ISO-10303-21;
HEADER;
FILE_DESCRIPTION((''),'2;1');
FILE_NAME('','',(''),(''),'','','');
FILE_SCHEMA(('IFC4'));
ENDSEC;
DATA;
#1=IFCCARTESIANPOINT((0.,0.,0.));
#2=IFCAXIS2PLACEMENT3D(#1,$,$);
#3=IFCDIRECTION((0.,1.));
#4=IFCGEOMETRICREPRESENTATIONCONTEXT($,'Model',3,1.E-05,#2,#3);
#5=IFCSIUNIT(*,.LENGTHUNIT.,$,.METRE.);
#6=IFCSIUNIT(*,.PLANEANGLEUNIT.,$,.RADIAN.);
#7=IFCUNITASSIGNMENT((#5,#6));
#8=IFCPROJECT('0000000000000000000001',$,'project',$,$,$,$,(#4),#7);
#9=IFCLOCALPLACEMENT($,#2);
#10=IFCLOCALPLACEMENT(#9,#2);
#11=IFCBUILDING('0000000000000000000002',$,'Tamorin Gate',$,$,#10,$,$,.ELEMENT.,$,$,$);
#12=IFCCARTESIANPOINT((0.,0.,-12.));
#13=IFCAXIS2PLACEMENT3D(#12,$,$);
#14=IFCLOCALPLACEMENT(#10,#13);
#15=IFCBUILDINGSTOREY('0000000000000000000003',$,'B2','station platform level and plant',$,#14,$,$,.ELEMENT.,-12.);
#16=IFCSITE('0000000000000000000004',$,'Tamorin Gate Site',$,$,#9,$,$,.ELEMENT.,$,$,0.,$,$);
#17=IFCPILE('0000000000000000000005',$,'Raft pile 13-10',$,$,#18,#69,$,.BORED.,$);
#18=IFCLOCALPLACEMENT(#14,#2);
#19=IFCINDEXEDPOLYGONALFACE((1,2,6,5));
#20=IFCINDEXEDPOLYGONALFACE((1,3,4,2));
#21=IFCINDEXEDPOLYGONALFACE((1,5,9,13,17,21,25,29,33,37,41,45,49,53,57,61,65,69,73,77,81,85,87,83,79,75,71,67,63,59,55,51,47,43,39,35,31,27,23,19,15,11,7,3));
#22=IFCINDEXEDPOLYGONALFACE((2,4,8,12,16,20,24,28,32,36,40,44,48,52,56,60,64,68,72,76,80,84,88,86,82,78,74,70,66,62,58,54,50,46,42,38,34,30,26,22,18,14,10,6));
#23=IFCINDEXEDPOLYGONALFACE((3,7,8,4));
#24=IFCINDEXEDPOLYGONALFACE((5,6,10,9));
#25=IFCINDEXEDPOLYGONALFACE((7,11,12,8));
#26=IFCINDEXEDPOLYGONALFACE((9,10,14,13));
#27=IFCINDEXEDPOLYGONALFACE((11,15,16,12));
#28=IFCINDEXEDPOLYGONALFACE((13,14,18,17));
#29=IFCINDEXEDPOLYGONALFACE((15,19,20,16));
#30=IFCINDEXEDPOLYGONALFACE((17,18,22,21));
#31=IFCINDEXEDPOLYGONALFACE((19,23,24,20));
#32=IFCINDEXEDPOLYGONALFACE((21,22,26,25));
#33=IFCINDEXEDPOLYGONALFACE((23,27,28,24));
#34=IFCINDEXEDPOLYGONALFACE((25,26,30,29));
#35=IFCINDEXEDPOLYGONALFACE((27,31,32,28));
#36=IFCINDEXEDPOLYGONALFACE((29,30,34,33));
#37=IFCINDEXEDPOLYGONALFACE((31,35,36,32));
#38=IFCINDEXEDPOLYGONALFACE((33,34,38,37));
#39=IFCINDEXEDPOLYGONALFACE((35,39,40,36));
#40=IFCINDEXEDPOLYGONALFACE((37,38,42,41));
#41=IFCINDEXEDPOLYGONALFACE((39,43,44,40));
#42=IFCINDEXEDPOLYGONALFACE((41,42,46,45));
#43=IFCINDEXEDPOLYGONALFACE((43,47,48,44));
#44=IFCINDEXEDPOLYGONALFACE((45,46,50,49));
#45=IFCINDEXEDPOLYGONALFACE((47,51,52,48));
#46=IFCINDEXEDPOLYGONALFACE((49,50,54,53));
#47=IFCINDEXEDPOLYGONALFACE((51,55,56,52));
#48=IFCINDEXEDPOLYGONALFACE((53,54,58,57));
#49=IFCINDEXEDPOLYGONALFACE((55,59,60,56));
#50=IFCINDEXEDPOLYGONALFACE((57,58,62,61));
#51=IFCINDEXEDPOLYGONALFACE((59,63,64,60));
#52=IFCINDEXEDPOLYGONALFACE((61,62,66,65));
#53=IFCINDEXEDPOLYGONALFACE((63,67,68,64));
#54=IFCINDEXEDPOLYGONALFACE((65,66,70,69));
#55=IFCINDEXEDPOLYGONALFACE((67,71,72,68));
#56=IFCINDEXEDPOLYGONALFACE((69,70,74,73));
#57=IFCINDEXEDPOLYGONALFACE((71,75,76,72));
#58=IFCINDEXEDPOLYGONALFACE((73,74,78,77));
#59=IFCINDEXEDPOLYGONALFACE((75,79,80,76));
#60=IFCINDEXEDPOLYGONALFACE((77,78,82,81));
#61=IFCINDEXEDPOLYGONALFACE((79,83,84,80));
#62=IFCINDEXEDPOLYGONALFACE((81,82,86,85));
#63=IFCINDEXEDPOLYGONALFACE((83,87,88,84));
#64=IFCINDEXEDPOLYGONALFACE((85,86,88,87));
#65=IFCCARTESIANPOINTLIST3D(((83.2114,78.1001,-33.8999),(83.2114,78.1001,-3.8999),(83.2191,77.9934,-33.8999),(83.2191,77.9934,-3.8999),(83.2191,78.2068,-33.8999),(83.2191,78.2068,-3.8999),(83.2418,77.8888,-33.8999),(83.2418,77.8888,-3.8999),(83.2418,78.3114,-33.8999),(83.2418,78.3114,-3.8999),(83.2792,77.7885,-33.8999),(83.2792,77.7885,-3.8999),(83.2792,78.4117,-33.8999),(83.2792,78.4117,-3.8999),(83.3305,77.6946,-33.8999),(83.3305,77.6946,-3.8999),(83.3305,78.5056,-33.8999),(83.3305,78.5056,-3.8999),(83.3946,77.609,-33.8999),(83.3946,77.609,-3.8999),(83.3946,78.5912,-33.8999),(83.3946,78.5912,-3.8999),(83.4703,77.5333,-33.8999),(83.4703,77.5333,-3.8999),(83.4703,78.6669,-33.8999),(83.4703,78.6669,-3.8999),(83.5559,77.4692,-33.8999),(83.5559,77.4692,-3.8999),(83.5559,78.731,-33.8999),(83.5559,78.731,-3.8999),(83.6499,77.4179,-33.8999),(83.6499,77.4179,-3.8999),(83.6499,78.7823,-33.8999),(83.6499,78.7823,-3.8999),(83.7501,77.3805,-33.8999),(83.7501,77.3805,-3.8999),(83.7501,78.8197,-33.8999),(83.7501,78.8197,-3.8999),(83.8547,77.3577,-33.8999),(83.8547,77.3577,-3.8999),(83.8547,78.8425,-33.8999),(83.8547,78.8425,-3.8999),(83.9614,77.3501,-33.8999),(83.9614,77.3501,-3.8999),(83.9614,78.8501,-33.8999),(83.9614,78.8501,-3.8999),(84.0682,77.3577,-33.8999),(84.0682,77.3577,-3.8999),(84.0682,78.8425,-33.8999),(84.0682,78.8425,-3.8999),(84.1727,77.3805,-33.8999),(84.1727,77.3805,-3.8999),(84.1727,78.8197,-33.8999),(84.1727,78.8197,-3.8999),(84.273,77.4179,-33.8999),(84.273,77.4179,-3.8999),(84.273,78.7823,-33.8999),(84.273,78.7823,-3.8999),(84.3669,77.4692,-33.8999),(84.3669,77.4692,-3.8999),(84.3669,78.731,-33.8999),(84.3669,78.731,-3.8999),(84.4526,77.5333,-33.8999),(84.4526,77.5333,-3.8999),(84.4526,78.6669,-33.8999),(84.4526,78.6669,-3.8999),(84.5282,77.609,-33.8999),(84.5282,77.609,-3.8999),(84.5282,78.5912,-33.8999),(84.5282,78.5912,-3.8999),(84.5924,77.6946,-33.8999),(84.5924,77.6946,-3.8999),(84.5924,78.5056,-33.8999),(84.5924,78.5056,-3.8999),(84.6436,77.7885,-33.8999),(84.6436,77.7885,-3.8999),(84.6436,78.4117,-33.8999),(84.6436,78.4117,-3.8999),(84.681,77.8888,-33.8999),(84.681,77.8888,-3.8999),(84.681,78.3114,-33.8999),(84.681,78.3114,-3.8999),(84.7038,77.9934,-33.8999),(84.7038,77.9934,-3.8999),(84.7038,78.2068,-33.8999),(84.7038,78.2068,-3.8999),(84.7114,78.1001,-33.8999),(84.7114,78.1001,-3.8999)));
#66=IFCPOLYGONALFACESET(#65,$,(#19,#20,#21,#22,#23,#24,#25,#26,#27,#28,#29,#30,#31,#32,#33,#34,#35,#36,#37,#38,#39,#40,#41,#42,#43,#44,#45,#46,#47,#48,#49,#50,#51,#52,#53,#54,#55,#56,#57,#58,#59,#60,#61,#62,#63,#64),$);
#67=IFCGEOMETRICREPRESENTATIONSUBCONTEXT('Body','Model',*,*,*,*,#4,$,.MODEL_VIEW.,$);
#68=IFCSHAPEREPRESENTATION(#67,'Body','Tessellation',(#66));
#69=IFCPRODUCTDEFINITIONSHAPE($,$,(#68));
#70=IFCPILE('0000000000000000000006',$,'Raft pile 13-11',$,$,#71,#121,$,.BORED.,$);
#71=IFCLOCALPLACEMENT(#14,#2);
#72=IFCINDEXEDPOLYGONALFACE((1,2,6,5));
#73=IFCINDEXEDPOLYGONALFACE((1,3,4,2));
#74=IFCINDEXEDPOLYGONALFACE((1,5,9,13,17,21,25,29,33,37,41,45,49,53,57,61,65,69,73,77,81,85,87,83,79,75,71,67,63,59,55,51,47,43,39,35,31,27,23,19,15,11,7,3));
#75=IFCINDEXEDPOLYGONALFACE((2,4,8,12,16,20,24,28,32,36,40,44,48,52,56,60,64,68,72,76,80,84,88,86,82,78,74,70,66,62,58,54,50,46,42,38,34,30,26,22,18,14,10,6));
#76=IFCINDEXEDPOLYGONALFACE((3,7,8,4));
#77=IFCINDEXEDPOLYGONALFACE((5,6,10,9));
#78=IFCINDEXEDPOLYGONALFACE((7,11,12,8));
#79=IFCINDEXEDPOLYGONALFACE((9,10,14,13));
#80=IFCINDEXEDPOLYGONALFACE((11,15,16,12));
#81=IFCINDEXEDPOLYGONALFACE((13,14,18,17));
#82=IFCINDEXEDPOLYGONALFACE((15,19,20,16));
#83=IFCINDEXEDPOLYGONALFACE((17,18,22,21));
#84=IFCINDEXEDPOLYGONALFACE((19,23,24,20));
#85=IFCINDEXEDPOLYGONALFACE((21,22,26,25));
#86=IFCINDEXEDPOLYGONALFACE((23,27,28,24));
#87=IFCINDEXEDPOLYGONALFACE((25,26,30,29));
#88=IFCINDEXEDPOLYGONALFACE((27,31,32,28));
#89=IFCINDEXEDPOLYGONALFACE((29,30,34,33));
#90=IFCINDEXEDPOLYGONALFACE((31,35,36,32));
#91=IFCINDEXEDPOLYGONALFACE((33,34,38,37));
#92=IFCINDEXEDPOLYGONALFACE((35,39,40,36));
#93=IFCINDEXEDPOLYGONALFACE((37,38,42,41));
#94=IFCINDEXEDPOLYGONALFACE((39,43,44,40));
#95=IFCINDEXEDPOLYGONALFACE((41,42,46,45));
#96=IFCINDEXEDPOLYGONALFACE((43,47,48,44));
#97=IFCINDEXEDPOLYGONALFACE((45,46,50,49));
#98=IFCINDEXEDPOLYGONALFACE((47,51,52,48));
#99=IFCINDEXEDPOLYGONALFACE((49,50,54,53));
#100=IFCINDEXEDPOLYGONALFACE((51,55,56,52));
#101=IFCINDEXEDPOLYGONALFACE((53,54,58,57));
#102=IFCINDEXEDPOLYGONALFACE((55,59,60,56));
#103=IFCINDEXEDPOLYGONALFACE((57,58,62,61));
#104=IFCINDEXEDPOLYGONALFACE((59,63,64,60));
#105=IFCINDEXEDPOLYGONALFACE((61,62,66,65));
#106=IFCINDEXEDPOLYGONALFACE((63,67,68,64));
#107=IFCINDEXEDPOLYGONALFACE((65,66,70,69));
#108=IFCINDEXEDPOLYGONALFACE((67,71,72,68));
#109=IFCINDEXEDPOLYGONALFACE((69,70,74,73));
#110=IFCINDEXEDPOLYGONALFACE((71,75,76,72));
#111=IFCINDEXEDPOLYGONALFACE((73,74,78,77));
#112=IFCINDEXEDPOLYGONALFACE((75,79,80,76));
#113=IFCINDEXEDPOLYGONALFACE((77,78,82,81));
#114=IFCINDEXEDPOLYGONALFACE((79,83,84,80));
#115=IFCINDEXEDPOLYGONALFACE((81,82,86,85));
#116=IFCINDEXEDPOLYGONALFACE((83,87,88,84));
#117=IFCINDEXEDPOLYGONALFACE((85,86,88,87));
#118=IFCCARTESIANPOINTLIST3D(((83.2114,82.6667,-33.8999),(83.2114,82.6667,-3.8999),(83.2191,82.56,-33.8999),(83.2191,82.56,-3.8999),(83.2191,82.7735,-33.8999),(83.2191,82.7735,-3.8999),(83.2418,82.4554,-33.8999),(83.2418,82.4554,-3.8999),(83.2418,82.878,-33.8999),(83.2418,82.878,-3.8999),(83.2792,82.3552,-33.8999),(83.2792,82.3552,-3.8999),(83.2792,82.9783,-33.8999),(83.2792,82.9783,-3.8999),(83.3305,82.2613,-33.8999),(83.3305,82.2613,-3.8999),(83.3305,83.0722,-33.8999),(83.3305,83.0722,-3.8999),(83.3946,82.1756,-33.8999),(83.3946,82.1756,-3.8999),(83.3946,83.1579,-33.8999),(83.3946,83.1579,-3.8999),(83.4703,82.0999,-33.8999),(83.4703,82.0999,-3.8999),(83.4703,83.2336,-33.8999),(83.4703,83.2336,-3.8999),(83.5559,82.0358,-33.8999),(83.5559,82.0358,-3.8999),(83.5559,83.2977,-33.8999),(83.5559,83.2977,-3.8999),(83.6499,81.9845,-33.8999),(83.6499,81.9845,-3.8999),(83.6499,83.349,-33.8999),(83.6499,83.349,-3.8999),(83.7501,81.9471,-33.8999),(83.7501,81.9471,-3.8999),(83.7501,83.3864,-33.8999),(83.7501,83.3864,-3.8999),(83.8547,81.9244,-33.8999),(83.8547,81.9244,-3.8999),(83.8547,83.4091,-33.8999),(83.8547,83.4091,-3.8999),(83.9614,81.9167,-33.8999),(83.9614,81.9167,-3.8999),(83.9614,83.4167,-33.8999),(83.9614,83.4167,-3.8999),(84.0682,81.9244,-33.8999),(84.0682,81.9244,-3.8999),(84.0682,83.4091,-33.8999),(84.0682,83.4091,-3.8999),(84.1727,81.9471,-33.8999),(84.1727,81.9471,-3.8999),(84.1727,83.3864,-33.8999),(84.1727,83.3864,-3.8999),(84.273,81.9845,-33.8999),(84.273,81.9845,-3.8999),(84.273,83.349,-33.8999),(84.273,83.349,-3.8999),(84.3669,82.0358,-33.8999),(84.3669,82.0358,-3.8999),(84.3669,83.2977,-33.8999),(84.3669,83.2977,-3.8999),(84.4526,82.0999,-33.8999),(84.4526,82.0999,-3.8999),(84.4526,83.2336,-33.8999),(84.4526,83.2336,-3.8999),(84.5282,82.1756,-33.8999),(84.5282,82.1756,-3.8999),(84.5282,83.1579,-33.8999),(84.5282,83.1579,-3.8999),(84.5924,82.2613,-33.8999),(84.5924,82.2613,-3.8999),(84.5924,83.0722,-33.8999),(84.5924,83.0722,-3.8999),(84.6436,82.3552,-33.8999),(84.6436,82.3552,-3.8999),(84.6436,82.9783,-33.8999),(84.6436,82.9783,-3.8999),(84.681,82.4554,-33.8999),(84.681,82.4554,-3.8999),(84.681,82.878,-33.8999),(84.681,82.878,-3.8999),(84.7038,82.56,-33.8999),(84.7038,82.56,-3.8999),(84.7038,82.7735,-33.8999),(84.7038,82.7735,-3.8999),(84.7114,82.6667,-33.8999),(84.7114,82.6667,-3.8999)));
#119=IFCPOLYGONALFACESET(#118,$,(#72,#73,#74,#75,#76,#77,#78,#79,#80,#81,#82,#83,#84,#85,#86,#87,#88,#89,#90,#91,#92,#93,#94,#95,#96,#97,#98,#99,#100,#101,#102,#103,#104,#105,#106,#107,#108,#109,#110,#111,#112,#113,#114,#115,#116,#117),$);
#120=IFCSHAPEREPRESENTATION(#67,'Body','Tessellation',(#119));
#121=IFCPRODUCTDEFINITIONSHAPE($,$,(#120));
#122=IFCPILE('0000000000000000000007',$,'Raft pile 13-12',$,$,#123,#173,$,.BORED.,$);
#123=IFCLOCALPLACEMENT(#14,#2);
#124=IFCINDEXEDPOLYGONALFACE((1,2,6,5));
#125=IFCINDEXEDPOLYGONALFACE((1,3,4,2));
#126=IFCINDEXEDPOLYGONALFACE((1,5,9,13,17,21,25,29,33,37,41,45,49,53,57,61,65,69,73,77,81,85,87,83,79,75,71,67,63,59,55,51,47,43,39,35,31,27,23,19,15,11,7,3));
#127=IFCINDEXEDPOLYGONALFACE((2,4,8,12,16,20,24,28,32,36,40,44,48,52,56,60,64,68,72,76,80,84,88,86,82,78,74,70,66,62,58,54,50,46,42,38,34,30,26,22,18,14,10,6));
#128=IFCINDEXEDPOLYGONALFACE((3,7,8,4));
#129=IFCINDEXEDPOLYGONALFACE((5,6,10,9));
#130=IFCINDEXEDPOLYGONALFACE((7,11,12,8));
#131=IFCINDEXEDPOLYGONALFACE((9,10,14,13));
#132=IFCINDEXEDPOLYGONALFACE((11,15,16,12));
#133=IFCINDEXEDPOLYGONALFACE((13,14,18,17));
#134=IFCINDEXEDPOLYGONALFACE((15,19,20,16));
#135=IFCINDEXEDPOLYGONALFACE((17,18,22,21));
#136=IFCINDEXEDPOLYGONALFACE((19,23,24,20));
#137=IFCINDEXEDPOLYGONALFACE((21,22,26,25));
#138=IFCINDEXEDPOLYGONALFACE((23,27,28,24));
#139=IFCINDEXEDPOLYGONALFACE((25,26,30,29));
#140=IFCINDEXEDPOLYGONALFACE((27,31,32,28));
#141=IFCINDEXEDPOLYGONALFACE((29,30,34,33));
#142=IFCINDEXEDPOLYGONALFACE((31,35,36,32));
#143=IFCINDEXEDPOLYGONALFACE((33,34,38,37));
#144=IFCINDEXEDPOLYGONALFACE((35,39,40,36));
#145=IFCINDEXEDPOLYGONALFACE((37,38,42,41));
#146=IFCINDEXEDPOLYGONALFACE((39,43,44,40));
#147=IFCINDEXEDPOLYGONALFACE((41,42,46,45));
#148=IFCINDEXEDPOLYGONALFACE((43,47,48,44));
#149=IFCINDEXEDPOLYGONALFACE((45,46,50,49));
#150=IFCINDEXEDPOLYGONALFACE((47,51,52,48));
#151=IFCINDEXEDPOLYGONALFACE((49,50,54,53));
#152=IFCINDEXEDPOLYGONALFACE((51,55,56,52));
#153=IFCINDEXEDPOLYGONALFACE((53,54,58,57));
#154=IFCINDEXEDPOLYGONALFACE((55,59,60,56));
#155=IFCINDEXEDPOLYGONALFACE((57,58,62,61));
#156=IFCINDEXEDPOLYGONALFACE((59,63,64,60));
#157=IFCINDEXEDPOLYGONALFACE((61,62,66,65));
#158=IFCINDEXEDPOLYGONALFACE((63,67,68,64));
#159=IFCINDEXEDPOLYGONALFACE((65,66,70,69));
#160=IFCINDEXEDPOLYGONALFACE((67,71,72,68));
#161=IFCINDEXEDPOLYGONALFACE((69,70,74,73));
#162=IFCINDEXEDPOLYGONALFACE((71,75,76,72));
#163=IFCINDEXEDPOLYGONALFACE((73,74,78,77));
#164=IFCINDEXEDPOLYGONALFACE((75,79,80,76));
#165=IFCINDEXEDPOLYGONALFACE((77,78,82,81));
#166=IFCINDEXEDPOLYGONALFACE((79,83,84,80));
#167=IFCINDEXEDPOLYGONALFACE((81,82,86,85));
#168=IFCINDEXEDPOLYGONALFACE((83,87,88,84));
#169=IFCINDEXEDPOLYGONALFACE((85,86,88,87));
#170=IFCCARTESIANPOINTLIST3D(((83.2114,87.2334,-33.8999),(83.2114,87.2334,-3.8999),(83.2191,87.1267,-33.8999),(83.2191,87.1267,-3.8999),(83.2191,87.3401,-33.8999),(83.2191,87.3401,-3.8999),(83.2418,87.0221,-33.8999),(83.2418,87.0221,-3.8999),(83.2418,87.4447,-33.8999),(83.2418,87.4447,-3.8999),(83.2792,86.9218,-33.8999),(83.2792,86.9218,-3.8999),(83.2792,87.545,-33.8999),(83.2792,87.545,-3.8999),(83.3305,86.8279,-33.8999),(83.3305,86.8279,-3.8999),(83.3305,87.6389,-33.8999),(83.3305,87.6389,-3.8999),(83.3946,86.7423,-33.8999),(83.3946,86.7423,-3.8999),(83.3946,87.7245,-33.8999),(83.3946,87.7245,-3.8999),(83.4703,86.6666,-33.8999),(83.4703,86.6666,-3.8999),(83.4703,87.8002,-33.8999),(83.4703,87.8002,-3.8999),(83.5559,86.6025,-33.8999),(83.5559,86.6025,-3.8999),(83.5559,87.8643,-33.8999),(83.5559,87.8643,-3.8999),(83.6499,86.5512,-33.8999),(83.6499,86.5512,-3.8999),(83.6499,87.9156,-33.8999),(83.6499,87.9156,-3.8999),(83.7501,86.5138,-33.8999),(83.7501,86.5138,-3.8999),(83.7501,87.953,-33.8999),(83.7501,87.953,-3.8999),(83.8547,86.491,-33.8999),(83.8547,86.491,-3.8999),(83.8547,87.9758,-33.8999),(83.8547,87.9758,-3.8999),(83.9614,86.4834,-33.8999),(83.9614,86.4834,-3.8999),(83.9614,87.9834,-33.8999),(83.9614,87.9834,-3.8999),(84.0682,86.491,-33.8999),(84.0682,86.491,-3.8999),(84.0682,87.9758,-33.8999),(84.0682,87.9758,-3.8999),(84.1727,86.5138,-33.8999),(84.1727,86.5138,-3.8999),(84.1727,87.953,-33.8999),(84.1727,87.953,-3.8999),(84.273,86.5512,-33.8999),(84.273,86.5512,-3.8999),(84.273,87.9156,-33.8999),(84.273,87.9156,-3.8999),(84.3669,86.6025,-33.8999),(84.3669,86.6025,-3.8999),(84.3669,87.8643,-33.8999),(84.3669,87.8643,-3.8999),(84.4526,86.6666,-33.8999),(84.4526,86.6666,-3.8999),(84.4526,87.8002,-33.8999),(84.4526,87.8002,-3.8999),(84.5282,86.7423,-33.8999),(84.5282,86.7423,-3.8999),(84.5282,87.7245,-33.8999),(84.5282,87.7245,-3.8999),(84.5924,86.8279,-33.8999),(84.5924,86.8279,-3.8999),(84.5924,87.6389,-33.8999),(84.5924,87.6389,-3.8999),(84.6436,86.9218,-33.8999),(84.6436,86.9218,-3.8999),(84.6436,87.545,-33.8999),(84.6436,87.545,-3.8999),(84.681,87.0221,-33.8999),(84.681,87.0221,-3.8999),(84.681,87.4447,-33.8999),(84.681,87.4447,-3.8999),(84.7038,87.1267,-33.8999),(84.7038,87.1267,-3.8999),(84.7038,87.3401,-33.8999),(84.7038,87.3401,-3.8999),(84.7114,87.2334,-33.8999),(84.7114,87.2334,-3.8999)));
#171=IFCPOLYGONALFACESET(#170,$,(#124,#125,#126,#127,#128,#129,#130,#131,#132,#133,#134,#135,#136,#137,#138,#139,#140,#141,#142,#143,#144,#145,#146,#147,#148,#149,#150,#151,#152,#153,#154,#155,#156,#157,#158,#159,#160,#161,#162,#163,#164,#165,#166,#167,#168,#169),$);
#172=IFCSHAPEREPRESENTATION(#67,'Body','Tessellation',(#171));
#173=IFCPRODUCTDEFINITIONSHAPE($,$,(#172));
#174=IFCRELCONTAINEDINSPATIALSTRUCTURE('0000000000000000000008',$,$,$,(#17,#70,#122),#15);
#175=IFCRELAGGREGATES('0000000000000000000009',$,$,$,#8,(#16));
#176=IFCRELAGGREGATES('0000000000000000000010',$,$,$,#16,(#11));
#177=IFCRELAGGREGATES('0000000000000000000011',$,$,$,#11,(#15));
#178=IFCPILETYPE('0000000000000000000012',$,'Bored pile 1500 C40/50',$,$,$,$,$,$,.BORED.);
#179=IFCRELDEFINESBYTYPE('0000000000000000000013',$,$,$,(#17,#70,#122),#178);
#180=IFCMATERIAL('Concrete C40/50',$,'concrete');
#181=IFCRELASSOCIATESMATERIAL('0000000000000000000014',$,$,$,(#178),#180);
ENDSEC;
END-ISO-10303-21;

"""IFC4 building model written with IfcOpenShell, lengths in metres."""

from ifc_helpers import new_model, si_unit, direction, frame, origin, origin_2d, place, context, subcontext, project, spatial, circle, extrude, material, material_profile, profile_set, type_object, element, save


model = new_model("IFC4")

# Units and contexts
model_context = context("Model", 3, precision=1e-05, world=origin(), true_north=direction((0.0, 1.0)))
body_context = subcontext(model_context, "Body", "Model", "MODEL_VIEW")
ifc_project = project(units=[si_unit("LENGTHUNIT", "METRE"), si_unit("PLANEANGLEUNIT", "RADIAN")], contexts=[model_context])

# Site, building, storey
site_placement = place(None, origin())
site = spatial("IfcSite", under=ifc_project, at=site_placement, Name="Tamorin Gate Site", CompositionType="ELEMENT", RefElevation=0.0)
building_placement = place(site_placement, origin())
building = spatial("IfcBuilding", under=site, at=building_placement, Name="Tamorin Gate", CompositionType="ELEMENT")
storey_placement = place(building_placement, frame((0.0, 0.0, -12.0)))
storey = spatial("IfcBuildingStorey", under=building, at=storey_placement, Name="B2", Description="station platform level and plant", CompositionType="ELEMENT", Elevation=-12.0)

# Piles
ifc_material_1 = material(Name="Concrete C40/50", Category="concrete")
ifc_material_profile_1 = material_profile(ifc_material_1, circle(Radius=0.75, at=origin_2d()))
ifc_profile_set_1 = profile_set([ifc_material_profile_1], Name="Concrete C40/50")
pile_type = type_object("IfcPileType", Name="Bored pile 1500 C40/50", PredefinedType="BORED", material=ifc_profile_set_1)
for number, where, z_axis, x_axis, name in (
    (1, (83.9614, 78.1001, -3.8999), (0.0, 0.0, -1.0), (1.0, 0.0, 0.0), "Raft pile 13-10"),
    (2, (83.9614, 82.6667, -3.8999), (0.0, 0.0, -1.0), (1.0, 0.0, 0.0), "Raft pile 13-11"),
    (3, (83.9614, 87.2334, -3.8999), (0.0, 0.0, -1.0), (1.0, 0.0, 0.0), "Raft pile 13-12"),
):
    element("IfcPile", number, at=place(storey_placement, frame(where, z_axis=z_axis, x_axis=x_axis)), inside=storey, type_object=pile_type, Name=name, PredefinedType="BORED", context=body_context, shape_type="SweptSolid", body=[
        extrude(circle(Radius=0.75, at=origin_2d()), origin(), (0.0, 0.0, 1.0), 30.0),
    ])

save(model, "model.ifc")
